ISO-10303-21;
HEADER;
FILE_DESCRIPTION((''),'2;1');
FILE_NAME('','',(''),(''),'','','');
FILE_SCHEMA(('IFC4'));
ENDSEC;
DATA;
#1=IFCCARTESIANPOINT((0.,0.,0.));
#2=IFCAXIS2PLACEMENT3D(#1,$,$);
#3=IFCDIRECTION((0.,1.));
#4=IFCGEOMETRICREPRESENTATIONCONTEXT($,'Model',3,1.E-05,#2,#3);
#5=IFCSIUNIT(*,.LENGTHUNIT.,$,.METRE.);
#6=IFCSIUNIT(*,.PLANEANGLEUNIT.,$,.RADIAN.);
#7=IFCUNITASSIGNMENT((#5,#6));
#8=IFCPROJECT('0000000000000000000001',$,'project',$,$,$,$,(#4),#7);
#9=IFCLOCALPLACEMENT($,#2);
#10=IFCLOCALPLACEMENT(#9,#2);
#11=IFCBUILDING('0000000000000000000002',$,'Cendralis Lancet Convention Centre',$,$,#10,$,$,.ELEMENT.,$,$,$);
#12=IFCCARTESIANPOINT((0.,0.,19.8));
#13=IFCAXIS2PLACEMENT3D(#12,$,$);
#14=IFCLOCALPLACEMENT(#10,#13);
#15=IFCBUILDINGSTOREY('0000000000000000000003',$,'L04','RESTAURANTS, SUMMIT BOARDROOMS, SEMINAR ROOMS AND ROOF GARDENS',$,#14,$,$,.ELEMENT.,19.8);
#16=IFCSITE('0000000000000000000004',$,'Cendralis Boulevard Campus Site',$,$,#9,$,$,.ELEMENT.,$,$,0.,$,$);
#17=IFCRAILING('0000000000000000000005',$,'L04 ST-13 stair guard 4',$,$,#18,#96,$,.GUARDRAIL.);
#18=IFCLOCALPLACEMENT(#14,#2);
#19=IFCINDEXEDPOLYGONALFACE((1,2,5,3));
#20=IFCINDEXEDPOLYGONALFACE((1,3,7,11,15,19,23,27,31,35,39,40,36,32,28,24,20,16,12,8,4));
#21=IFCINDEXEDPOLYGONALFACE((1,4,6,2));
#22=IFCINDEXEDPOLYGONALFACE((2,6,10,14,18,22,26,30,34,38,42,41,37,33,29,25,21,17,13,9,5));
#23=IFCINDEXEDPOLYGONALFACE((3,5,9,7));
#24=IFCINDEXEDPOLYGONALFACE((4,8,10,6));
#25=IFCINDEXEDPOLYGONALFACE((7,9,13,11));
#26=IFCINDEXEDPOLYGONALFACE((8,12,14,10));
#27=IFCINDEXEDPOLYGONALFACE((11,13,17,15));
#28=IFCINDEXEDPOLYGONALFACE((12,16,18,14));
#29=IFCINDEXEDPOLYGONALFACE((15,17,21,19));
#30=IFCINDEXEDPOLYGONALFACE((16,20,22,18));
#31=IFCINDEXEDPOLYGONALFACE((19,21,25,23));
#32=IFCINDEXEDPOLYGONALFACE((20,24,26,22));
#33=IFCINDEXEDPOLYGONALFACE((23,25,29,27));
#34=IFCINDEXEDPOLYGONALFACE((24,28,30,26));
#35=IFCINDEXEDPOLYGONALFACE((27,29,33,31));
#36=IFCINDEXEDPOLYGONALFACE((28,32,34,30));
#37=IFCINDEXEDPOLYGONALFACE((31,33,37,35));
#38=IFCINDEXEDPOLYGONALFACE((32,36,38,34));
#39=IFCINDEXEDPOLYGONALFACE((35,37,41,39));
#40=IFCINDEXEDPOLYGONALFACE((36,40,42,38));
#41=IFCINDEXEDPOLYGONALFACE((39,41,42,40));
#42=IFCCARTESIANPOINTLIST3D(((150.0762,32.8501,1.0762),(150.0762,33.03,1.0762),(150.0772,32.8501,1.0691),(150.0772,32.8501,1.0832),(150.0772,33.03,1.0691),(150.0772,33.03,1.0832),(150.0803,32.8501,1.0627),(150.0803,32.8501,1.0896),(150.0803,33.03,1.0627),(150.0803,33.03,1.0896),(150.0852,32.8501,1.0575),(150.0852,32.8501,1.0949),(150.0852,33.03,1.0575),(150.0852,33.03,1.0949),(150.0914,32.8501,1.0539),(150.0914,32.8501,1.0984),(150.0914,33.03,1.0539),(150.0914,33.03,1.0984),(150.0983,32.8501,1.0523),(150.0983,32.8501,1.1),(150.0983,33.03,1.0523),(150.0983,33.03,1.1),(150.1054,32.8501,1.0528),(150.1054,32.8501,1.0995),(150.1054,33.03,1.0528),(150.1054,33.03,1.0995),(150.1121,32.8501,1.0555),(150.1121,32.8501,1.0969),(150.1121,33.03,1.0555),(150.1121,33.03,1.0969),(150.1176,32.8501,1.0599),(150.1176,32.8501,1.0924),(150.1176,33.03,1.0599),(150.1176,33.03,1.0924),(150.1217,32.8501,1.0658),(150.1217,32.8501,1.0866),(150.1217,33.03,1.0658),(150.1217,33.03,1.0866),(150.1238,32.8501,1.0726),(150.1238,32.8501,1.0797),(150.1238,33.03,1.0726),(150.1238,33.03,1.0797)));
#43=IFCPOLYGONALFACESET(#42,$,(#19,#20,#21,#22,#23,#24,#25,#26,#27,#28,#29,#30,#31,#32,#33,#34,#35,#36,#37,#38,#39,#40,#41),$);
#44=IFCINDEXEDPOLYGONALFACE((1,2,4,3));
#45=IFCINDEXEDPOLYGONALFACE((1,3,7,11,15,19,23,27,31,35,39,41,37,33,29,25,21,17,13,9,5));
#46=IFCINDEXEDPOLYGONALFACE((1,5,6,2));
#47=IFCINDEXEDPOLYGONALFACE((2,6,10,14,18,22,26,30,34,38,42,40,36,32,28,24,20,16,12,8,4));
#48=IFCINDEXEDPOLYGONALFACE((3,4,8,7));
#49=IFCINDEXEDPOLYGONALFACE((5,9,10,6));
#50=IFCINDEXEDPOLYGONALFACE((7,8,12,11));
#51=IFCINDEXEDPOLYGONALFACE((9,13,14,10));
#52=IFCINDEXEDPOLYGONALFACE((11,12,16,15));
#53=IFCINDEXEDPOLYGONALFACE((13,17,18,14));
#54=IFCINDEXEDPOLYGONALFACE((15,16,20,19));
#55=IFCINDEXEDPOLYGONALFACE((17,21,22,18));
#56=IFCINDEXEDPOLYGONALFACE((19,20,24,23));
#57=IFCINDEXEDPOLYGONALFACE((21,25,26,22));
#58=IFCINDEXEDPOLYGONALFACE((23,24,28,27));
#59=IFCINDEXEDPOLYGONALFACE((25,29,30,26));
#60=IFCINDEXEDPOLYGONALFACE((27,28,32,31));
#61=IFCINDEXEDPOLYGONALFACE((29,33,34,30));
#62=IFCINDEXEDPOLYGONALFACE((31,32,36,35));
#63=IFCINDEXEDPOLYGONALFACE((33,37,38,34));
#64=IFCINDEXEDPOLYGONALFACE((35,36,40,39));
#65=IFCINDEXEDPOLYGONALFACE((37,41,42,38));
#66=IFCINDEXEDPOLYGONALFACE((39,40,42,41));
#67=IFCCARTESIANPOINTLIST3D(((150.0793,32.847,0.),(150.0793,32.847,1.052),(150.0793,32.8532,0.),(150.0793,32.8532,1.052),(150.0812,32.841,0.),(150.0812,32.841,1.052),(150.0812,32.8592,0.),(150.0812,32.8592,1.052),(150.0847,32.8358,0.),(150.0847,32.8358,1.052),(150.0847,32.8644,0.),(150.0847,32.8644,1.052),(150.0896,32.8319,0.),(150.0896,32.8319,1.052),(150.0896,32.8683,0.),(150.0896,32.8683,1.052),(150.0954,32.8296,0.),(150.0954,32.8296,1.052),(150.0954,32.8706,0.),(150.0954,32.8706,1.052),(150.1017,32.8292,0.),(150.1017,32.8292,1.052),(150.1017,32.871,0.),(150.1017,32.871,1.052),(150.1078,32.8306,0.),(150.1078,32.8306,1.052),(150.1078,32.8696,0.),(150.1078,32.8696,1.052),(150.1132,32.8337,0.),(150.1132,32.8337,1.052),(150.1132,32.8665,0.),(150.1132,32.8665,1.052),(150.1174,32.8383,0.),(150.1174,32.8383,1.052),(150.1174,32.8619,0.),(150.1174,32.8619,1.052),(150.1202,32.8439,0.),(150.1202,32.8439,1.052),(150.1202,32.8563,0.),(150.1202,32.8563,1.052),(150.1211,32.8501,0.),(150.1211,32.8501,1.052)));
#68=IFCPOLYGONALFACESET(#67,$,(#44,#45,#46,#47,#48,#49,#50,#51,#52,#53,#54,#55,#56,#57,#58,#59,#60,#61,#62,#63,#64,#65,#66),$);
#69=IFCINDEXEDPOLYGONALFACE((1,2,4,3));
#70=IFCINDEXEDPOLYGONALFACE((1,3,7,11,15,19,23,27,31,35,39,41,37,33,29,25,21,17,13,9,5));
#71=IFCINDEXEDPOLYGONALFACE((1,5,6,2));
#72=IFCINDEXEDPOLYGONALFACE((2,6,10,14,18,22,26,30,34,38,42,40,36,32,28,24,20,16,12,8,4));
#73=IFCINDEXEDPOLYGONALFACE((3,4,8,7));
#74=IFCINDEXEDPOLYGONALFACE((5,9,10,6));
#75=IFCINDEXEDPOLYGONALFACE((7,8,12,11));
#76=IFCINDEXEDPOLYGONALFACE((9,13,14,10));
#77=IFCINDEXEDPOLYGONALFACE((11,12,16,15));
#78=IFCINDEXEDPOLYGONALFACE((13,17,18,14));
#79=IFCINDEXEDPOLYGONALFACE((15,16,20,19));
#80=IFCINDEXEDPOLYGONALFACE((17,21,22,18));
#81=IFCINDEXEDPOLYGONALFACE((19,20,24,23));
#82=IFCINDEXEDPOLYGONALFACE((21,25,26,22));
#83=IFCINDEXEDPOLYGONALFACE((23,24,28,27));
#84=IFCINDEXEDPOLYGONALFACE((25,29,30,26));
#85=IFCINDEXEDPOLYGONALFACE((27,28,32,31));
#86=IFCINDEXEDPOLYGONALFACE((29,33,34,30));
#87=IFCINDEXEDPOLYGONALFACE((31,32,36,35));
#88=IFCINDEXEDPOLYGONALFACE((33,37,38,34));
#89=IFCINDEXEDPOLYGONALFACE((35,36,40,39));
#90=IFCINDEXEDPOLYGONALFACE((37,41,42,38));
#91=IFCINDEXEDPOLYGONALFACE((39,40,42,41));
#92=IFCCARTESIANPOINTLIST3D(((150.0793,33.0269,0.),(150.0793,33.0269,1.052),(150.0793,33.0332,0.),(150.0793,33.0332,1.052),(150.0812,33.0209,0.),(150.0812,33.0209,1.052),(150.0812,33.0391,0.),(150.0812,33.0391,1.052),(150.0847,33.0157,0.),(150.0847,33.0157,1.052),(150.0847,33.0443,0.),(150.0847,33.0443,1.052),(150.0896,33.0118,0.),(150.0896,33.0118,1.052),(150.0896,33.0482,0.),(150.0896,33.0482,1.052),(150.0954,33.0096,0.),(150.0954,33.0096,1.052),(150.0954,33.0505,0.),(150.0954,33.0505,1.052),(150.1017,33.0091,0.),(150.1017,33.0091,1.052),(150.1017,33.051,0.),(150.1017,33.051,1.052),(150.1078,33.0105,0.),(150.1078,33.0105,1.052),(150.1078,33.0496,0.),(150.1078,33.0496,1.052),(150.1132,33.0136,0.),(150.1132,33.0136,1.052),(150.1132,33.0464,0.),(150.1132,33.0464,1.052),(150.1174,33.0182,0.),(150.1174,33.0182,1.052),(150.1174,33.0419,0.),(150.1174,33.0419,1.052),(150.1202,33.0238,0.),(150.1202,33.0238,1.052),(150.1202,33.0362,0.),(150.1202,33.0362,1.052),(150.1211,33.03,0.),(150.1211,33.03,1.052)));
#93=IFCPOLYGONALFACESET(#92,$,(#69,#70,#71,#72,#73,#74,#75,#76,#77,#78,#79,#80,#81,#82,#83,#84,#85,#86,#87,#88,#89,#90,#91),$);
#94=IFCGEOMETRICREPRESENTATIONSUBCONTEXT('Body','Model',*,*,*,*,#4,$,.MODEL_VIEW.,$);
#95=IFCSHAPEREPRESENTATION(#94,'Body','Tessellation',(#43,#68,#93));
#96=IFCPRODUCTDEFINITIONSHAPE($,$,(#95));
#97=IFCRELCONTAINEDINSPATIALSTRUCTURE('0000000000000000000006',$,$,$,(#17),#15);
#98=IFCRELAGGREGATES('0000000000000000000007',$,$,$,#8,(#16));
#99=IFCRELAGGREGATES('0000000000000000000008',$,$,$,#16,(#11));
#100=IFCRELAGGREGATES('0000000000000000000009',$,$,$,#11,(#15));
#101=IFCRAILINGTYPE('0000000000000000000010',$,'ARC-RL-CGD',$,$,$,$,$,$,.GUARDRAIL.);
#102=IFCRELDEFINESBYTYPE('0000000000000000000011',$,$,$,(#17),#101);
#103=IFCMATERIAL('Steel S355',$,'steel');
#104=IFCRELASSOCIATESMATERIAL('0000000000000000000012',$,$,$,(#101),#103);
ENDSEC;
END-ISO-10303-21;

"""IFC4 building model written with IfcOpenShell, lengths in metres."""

from ifc_helpers import new_model, si_unit, direction, frame, origin, origin_2d, place, context, subcontext, project, spatial, circle, extrude, material, type_object, element, save


model = new_model("IFC4")

# Units and contexts
model_context = context("Model", 3, precision=1e-05, world=origin(), true_north=direction((0.0, 1.0)))
body_context = subcontext(model_context, "Body", "Model", "MODEL_VIEW")
ifc_project = project(units=[si_unit("LENGTHUNIT", "METRE"), si_unit("PLANEANGLEUNIT", "RADIAN")], contexts=[model_context])

# Site, building, storey
site_placement = place(None, origin())
site = spatial("IfcSite", under=ifc_project, at=site_placement, Name="Cendralis Boulevard Campus Site", CompositionType="ELEMENT", RefElevation=0.0)
building_placement = place(site_placement, origin())
building = spatial("IfcBuilding", under=site, at=building_placement, Name="Cendralis Lancet Convention Centre", CompositionType="ELEMENT")
storey_placement = place(building_placement, frame((0.0, 0.0, 19.8)))
storey = spatial("IfcBuildingStorey", under=building, at=storey_placement, Name="L04", Description="RESTAURANTS, SUMMIT BOARDROOMS, SEMINAR ROOMS AND ROOF GARDENS", CompositionType="ELEMENT", Elevation=19.8)

# Shared definitions
ifc_material_1 = material(Name="Steel S355", Category="steel")

# Railing
railing_type_1 = type_object("IfcRailingType", Name="ARC-RL-CGD", PredefinedType="GUARDRAIL", material=ifc_material_1)
railing_1_placement = place(storey_placement, frame((150.1001, 32.8501, 0.0)))
element("IfcRailing", 1, at=railing_1_placement, inside=storey, type_object=railing_type_1, Name="L04 ST-13 stair guard 4", PredefinedType="GUARDRAIL", context=body_context, shape_type="SweptSolid", body=[
    extrude(circle(Radius=0.0239, at=origin_2d()), frame((0.0, 0.0, 1.0762), z_axis=(0.0, 1.0, 0.0), x_axis=(-1.0, 0.0, 0.0)), (0.0, 0.0, 1.0), 0.1799),
    extrude(circle(Radius=0.021, at=origin_2d()), origin(), (0.0, 0.0, 1.0), 1.052),
    extrude(circle(Radius=0.021, at=origin_2d()), frame((0.0, 0.1799, 0.0)), (0.0, 0.0, 1.0), 1.052),
])

save(model, "model.ifc")
